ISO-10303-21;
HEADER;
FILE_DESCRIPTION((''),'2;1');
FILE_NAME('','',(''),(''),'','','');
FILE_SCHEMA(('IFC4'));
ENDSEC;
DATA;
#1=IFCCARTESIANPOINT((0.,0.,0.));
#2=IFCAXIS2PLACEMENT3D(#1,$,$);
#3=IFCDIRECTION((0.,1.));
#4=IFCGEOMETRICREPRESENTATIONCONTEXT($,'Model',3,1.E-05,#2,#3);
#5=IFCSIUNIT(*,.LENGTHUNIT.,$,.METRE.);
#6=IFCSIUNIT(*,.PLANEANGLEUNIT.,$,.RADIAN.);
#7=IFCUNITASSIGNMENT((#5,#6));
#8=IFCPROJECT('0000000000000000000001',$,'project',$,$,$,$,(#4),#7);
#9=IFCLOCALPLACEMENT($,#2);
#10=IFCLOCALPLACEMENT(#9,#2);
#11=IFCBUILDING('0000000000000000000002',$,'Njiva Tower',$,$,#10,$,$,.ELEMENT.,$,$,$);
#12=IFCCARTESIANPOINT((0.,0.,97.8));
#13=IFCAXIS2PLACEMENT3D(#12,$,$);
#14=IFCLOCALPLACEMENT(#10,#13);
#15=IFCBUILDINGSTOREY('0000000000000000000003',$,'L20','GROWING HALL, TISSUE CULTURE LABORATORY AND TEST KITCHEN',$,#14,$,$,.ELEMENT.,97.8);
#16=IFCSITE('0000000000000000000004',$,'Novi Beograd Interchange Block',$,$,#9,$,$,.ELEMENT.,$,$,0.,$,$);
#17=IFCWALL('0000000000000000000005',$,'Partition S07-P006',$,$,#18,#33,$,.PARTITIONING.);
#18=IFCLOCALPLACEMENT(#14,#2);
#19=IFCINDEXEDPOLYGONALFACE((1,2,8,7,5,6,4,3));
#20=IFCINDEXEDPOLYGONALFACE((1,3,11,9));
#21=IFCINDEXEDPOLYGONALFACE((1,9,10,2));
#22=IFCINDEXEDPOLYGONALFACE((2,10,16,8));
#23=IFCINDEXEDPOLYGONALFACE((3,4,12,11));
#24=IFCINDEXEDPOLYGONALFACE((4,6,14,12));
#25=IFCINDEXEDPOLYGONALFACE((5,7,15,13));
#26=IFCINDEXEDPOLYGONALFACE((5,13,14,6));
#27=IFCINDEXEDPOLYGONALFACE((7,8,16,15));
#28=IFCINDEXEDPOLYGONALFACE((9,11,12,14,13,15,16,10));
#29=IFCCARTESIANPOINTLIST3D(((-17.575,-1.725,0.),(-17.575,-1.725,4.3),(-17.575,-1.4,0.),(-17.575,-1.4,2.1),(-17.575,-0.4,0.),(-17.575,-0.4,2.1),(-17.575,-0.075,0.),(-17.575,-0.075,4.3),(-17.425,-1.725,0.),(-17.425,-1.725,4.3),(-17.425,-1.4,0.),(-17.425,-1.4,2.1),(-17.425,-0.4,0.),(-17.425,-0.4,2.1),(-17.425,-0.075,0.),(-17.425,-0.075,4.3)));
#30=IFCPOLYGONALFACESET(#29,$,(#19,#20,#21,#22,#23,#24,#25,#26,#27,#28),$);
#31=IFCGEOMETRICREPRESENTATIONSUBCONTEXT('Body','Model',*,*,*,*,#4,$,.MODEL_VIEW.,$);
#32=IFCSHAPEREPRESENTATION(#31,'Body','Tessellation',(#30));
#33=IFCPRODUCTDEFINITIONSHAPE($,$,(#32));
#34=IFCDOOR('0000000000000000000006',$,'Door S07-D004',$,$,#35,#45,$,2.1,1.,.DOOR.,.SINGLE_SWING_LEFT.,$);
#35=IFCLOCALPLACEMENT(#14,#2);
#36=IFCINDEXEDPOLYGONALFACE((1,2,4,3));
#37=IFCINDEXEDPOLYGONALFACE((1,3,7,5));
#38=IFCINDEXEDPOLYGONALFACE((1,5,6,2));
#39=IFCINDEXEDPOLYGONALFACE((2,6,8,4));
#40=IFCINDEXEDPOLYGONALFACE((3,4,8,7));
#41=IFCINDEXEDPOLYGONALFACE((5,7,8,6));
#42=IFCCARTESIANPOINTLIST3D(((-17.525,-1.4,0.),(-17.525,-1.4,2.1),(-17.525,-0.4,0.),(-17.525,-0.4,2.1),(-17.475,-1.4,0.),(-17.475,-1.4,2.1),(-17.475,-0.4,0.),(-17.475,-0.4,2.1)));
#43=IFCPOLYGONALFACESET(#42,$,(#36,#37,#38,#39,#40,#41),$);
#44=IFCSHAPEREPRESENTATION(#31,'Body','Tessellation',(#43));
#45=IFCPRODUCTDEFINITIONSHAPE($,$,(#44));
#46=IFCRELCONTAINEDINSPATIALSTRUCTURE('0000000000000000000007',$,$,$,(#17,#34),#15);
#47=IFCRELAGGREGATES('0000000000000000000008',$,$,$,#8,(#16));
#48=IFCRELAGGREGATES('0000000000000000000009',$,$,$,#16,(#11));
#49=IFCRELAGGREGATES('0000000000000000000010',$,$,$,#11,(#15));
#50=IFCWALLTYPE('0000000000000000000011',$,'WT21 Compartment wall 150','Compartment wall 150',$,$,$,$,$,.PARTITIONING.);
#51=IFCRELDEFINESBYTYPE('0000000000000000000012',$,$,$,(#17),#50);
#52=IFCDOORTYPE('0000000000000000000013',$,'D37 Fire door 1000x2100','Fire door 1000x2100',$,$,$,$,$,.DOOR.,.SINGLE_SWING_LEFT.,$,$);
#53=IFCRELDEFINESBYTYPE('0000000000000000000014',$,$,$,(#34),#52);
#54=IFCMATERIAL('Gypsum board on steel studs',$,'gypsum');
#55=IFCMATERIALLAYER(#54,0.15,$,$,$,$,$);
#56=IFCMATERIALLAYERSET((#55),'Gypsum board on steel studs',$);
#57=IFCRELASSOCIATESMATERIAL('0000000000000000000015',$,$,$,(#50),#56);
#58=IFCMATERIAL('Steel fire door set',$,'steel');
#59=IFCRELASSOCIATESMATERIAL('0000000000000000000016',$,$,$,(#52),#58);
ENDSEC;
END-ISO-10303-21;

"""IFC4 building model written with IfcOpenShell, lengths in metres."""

from ifc_helpers import new_model, si_unit, direction, frame, frame_2d, origin, place, context, subcontext, project, spatial, rectangle, extrude, material, layer, layer_set, type_object, element, fill, save


model = new_model("IFC4")

# Units and contexts
model_context = context("Model", 3, precision=1e-05, world=origin(), true_north=direction((0.0, 1.0)))
body_context = subcontext(model_context, "Body", "Model", "MODEL_VIEW")
ifc_project = project(units=[si_unit("LENGTHUNIT", "METRE"), si_unit("PLANEANGLEUNIT", "RADIAN")], contexts=[model_context])

# Site, building, storey
site_placement = place(None, origin())
site = spatial("IfcSite", under=ifc_project, at=site_placement, Name="Novi Beograd Interchange Block", CompositionType="ELEMENT", RefElevation=0.0)
building_placement = place(site_placement, origin())
building = spatial("IfcBuilding", under=site, at=building_placement, Name="Njiva Tower", CompositionType="ELEMENT")
storey_placement = place(building_placement, frame((0.0, 0.0, 97.8)))
storey = spatial("IfcBuildingStorey", under=building, at=storey_placement, Name="L20", Description="GROWING HALL, TISSUE CULTURE LABORATORY AND TEST KITCHEN", CompositionType="ELEMENT", Elevation=97.8)

# Shared definitions
ifc_material_1 = material(Name="Gypsum board on steel studs", Category="gypsum")
ifc_layer = layer(ifc_material_1, 0.15)
ifc_layer_set = layer_set([ifc_layer], Name="Gypsum board on steel studs")
wall_type = type_object("IfcWallType", Name="WT21 Compartment wall 150", Description="Compartment wall 150", PredefinedType="PARTITIONING", material=ifc_layer_set)
ifc_material_2 = material(Name="Steel fire door set", Category="steel")
door_type = type_object("IfcDoorType", Name="D37 Fire door 1000x2100", Description="Fire door 1000x2100", OperationType="SINGLE_SWING_LEFT", PredefinedType="DOOR", material=ifc_material_2)

# Wall, opening, door
wall_1_placement = place(storey_placement, frame((-17.5, -1.725, 0.0), z_axis=(0.0, 0.0, 1.0), x_axis=(0.0, 1.0, 0.0)))
wall_1 = element("IfcWall", 1, at=wall_1_placement, inside=storey, type_object=wall_type, Name="Partition S07-P006", PredefinedType="PARTITIONING", context=body_context, shape_type="SweptSolid", body=[
    extrude(rectangle(XDim=1.65, YDim=0.15, at=frame_2d((0.825, 0.0))), origin(), (0.0, 0.0, 1.0), 4.3),
])
opening_1_placement = place(wall_1_placement, frame((0.325, 0.0, 0.0)))
opening_1 = element("IfcOpeningElement", 2, at=opening_1_placement, cuts=wall_1, PredefinedType="OPENING", context=body_context, shape_type="SweptSolid", body=[
    extrude(rectangle(XDim=1.0, YDim=2.1, at=frame_2d((0.5, 1.05))), frame((0.0, 0.085, 0.0), z_axis=(0.0, -1.0, 0.0), x_axis=(1.0, 0.0, 0.0)), (0.0, 0.0, 1.0), 0.17),
])
door_1_placement = place(opening_1_placement, origin())
door_1 = element("IfcDoor", 3, at=door_1_placement, inside=storey, type_object=door_type, Name="Door S07-D004", OperationType="SINGLE_SWING_LEFT", OverallHeight=2.1, OverallWidth=1.0, PredefinedType="DOOR", context=body_context, shape_type="SweptSolid", body=[
    extrude(rectangle(XDim=1.0, YDim=2.1, at=frame_2d((0.5, 1.05))), frame((0.0, 0.025, 0.0), z_axis=(0.0, -1.0, 0.0), x_axis=(1.0, 0.0, 0.0)), (0.0, 0.0, 1.0), 0.05),
])
fill(opening_1, door_1)

save(model, "model.ifc")
